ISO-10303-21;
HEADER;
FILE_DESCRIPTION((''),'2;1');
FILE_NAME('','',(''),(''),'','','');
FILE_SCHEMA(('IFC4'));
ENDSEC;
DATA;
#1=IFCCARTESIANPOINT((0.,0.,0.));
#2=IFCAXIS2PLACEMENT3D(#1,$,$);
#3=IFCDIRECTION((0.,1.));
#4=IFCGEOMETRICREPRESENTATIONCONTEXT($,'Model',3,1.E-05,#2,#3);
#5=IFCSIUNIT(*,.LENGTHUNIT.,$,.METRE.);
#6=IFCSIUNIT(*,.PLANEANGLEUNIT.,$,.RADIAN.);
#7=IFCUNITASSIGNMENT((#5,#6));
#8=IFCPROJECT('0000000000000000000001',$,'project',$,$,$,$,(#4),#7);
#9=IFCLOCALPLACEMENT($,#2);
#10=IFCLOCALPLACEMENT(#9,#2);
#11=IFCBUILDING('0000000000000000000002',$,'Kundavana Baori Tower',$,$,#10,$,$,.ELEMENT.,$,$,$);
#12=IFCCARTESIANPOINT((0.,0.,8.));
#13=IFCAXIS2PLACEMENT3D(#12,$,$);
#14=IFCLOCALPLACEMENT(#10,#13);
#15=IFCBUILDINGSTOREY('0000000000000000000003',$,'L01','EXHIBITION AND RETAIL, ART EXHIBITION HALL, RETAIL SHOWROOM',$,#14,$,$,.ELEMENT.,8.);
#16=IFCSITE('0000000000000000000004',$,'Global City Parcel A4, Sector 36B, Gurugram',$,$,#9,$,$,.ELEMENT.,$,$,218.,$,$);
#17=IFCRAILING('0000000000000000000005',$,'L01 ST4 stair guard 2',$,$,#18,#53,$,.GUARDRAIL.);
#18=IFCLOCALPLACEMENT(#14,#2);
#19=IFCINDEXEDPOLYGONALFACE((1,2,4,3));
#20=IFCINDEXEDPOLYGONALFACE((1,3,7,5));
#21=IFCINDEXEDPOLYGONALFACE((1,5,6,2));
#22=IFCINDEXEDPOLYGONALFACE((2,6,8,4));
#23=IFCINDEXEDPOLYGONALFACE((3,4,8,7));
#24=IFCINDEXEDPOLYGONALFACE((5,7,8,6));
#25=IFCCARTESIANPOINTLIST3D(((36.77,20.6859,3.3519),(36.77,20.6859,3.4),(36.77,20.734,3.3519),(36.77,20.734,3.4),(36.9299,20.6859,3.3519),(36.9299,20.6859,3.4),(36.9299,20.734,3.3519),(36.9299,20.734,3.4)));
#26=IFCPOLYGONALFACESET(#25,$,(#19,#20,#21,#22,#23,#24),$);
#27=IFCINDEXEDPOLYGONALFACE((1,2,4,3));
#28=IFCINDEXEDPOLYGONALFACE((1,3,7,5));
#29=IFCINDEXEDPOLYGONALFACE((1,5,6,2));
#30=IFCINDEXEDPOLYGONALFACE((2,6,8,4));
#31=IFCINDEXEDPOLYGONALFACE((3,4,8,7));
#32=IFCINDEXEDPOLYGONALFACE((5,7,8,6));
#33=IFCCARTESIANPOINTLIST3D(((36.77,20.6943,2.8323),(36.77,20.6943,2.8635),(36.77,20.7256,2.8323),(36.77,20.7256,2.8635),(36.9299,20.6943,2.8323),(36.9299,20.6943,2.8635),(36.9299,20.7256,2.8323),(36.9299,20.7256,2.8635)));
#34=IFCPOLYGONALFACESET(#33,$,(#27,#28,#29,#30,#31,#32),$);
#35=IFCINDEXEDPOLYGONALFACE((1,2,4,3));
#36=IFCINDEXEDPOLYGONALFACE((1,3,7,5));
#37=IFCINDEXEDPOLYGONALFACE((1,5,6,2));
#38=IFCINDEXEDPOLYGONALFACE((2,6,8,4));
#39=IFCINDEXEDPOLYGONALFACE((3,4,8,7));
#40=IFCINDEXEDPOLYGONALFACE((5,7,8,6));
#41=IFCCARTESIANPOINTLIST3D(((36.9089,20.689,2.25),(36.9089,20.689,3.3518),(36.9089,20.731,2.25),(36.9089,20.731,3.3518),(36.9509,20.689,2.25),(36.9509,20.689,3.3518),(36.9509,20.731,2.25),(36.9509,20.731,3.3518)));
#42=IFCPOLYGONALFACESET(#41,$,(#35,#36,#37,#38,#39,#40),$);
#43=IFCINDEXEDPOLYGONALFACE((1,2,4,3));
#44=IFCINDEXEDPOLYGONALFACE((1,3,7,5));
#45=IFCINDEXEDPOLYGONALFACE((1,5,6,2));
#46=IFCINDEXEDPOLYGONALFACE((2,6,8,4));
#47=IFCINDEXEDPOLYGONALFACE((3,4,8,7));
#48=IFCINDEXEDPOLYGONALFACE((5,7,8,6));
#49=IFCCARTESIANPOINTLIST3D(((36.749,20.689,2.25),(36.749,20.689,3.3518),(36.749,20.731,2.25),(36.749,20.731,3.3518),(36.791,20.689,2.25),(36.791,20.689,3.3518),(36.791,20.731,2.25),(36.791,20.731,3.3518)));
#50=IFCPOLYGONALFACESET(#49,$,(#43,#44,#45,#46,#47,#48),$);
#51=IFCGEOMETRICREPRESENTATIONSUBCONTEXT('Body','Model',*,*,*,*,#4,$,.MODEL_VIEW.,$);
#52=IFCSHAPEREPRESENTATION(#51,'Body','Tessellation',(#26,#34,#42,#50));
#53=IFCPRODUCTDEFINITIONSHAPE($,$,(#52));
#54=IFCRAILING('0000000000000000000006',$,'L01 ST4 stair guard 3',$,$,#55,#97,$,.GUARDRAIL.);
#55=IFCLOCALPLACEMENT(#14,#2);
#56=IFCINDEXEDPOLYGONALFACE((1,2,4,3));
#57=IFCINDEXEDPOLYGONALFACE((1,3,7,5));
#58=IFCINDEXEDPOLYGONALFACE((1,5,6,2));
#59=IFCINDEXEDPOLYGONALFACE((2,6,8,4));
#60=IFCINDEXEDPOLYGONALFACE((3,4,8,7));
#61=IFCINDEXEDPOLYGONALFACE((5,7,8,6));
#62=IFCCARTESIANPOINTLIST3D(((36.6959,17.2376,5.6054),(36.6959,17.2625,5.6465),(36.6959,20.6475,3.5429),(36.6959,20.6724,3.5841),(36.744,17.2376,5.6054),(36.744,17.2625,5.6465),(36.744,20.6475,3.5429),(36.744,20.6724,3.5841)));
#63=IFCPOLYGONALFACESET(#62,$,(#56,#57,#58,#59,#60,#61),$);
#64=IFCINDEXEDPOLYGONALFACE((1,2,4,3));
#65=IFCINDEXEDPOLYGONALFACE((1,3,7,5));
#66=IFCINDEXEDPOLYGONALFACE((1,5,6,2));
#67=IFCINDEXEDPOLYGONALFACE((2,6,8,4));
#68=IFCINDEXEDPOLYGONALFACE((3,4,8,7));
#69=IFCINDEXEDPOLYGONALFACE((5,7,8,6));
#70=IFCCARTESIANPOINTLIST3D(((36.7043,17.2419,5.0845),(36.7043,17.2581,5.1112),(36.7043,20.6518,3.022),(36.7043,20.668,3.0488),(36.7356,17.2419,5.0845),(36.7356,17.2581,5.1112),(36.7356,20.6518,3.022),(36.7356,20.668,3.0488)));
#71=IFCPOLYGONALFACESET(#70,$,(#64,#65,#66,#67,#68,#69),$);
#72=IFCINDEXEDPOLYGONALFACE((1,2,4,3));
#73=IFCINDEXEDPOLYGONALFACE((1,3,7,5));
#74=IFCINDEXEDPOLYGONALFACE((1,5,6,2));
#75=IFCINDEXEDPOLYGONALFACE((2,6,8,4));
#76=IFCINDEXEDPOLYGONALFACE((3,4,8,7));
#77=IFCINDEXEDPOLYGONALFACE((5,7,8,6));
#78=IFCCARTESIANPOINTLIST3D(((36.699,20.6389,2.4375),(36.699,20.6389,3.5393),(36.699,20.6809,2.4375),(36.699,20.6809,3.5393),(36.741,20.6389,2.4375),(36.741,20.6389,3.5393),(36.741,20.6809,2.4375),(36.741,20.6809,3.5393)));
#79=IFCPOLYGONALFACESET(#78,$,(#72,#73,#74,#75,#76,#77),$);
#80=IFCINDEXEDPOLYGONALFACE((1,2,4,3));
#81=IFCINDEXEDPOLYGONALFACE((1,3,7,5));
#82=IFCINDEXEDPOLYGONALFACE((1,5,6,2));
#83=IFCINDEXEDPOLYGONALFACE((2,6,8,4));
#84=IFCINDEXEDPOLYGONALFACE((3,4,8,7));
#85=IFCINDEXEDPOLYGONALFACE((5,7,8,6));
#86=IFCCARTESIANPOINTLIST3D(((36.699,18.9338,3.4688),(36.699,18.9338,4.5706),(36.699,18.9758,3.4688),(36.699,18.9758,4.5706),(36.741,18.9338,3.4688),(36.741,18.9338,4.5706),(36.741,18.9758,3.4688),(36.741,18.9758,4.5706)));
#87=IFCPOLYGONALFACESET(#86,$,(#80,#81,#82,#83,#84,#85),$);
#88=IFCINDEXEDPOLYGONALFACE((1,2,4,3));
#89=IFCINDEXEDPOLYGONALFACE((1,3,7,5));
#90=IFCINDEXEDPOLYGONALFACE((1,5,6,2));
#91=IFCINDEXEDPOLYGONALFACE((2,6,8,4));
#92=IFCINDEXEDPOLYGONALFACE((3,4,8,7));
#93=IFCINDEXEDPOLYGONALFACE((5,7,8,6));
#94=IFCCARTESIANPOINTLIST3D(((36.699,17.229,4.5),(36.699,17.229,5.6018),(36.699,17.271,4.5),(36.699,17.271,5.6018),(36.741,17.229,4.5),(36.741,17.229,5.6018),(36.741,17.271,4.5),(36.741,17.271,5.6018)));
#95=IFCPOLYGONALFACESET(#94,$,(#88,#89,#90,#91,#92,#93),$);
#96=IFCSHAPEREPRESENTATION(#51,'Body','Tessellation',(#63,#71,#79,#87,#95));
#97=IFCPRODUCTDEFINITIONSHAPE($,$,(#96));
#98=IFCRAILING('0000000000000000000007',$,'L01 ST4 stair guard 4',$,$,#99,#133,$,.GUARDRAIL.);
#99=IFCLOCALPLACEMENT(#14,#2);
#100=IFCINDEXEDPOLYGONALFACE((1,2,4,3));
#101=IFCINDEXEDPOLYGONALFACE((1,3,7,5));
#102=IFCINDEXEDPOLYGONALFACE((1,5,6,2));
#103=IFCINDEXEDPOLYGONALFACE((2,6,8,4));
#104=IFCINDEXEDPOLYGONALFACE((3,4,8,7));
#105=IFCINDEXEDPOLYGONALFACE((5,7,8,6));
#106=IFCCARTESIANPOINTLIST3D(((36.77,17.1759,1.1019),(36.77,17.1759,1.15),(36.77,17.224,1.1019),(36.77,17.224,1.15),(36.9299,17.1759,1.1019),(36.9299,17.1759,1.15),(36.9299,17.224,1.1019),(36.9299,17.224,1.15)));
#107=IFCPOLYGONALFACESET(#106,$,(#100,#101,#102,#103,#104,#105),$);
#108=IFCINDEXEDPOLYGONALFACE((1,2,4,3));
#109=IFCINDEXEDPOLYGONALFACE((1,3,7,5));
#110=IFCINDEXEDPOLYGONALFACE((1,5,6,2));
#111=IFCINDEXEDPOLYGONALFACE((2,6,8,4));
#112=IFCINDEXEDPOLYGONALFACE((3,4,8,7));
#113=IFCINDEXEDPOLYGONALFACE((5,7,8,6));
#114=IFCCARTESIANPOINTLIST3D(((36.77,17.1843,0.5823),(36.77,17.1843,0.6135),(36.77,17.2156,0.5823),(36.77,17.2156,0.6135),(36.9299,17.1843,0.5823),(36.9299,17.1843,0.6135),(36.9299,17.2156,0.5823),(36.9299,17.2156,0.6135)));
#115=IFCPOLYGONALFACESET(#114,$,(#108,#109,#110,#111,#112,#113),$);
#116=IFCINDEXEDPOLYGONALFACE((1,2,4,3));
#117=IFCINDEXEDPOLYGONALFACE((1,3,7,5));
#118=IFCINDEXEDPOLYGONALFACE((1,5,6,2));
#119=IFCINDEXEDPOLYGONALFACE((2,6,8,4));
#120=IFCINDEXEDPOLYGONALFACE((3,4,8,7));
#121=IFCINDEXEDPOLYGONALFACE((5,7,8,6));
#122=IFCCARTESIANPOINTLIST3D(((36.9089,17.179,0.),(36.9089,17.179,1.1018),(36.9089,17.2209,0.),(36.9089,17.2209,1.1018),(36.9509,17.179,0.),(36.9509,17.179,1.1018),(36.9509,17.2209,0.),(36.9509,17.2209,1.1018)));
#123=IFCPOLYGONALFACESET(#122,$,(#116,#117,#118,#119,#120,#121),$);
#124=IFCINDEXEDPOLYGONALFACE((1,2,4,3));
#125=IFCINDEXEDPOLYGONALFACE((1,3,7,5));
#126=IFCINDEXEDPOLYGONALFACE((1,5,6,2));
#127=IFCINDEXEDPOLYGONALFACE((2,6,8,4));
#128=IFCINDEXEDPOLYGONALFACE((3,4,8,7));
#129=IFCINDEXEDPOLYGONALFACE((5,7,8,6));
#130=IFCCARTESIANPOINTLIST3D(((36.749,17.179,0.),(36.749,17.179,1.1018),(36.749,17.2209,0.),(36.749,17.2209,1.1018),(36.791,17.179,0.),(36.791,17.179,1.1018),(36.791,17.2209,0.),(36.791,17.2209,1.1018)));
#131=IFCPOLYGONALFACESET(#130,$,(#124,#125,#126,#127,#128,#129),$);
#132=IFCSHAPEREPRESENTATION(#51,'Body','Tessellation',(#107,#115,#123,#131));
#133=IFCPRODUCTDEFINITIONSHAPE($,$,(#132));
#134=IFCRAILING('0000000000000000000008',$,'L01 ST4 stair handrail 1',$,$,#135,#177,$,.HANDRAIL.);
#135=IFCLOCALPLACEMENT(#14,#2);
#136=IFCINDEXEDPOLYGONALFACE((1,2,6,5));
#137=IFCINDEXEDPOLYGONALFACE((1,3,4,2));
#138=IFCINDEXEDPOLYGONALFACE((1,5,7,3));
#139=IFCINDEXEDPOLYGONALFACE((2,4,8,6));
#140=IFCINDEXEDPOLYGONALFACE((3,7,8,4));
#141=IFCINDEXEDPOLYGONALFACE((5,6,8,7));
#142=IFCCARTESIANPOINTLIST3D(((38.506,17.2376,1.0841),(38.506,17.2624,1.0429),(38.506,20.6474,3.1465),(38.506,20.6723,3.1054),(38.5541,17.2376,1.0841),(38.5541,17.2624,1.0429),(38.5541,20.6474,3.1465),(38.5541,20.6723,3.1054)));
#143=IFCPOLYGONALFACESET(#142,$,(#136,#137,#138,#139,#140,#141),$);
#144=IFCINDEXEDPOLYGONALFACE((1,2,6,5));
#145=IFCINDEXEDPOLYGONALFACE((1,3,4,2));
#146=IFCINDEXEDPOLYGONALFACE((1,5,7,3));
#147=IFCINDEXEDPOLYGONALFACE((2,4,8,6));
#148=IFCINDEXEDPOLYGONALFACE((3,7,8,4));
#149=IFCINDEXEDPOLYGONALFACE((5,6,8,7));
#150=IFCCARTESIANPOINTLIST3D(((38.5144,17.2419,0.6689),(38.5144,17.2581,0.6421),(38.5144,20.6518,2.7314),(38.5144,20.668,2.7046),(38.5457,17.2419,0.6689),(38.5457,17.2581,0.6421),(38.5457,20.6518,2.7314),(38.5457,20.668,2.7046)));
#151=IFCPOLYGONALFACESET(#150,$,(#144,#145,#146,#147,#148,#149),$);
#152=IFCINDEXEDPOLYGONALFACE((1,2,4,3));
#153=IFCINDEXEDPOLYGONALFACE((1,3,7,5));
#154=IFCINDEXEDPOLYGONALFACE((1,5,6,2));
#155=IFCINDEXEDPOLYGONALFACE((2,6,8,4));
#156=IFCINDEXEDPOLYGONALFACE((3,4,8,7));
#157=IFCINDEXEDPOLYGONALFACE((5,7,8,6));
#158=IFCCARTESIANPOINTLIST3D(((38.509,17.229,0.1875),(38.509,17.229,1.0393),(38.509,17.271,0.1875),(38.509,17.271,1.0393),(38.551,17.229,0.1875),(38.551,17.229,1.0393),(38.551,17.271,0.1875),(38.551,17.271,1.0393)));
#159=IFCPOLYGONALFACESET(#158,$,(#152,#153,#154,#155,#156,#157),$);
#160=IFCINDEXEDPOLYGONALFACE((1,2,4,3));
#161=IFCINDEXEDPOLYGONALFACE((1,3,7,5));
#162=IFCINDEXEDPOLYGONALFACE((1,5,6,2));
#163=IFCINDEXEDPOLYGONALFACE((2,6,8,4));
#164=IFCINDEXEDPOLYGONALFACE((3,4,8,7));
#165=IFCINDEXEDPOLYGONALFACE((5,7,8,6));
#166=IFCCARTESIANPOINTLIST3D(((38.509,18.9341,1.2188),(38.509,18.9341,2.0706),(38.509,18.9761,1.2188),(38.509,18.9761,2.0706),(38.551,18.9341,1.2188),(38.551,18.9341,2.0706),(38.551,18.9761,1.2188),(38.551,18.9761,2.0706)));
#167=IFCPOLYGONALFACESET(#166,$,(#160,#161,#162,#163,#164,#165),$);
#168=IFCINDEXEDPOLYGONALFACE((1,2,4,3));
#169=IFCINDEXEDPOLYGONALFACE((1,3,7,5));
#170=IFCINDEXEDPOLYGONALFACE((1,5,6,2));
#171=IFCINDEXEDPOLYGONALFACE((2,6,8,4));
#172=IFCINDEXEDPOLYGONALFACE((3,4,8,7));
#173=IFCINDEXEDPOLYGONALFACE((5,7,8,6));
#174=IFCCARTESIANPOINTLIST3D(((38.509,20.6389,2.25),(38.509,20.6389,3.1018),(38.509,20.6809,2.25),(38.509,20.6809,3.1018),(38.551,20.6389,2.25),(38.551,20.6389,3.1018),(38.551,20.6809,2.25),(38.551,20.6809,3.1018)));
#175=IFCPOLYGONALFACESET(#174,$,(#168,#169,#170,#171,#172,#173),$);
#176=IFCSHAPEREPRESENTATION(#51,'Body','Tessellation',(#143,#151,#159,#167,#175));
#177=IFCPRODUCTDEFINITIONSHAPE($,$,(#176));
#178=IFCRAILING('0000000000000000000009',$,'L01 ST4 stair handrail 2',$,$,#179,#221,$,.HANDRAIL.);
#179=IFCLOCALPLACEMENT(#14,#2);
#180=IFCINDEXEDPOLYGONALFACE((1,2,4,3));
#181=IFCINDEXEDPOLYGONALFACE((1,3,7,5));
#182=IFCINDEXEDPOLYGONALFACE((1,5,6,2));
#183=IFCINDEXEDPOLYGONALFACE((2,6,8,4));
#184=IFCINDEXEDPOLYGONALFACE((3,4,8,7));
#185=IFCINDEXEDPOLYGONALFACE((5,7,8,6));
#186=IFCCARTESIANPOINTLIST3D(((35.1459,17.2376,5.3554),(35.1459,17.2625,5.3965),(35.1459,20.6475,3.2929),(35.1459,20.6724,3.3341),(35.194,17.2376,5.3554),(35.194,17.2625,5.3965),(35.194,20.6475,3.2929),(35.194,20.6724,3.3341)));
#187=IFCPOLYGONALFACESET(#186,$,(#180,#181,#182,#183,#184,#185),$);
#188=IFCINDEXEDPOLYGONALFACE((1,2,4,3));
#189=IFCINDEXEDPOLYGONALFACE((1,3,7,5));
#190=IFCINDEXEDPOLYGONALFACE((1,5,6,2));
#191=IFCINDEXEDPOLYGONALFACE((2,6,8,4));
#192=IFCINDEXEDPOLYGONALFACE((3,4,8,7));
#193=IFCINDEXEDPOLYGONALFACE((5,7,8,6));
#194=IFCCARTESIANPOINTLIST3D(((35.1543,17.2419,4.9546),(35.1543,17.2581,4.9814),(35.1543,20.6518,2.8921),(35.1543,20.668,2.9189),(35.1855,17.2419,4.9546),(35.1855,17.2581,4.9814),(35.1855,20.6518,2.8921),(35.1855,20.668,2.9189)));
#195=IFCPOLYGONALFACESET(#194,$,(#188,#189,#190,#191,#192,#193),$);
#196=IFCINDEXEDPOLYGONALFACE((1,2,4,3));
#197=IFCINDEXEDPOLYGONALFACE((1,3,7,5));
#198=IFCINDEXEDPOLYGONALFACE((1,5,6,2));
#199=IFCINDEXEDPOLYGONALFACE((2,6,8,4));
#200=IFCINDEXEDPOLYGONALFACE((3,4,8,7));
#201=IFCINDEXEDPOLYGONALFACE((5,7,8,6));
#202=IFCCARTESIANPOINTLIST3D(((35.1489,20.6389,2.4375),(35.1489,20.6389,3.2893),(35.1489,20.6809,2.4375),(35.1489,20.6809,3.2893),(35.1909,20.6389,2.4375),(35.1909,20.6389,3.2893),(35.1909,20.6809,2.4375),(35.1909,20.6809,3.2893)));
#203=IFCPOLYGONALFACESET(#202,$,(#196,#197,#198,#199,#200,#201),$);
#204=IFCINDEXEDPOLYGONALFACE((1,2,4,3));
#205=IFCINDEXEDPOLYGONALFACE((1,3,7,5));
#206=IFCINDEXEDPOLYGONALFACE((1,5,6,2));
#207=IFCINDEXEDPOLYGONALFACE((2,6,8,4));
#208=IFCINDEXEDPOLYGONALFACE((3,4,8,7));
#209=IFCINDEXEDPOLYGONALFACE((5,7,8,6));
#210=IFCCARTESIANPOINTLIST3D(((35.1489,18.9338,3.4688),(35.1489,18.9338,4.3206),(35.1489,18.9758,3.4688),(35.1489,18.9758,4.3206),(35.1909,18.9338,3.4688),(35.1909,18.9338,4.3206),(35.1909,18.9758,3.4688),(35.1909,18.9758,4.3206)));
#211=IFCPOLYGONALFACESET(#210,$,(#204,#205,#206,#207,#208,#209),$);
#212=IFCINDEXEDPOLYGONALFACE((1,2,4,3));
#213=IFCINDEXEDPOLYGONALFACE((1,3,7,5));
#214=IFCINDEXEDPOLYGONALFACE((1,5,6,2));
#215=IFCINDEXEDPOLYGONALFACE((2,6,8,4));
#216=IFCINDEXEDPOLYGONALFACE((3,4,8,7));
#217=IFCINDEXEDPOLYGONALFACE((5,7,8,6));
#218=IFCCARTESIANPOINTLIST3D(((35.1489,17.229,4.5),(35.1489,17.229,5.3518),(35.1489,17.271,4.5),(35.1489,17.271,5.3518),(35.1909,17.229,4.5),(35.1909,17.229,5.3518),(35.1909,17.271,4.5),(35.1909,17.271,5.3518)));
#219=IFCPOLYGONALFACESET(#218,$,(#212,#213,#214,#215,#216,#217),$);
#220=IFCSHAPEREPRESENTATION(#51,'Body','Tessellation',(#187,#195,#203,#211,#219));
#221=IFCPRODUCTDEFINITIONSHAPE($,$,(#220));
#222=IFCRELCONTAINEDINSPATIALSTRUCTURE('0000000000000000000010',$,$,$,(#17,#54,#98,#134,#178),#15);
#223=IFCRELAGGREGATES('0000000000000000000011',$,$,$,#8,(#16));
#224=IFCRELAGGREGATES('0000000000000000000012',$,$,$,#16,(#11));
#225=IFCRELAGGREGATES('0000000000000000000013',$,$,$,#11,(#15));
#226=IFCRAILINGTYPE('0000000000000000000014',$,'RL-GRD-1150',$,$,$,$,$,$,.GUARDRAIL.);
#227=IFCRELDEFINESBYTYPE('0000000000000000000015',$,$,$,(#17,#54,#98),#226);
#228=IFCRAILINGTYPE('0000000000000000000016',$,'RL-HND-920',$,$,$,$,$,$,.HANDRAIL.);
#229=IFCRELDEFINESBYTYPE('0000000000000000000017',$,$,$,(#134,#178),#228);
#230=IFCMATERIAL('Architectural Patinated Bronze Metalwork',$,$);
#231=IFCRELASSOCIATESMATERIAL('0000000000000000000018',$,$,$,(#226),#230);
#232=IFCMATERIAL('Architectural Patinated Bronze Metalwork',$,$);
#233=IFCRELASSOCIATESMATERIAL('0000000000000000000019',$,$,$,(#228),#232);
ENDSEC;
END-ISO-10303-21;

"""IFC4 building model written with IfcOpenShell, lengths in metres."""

from ifc_helpers import new_model, si_unit, direction, frame, origin, origin_2d, place, context, subcontext, project, spatial, rectangle, extrude, material, type_object, element, save


model = new_model("IFC4")

# Units and contexts
model_context = context("Model", 3, precision=1e-05, world=origin(), true_north=direction((0.0, 1.0)))
body_context = subcontext(model_context, "Body", "Model", "MODEL_VIEW")
ifc_project = project(units=[si_unit("LENGTHUNIT", "METRE"), si_unit("PLANEANGLEUNIT", "RADIAN")], contexts=[model_context])

# Site, building, storey
site_placement = place(None, origin())
site = spatial("IfcSite", under=ifc_project, at=site_placement, Name="Global City Parcel A4, Sector 36B, Gurugram", CompositionType="ELEMENT", RefElevation=218.0)
building_placement = place(site_placement, origin())
building = spatial("IfcBuilding", under=site, at=building_placement, Name="Kundavana Baori Tower", CompositionType="ELEMENT")
storey_placement = place(building_placement, frame((0.0, 0.0, 8.0)))
storey = spatial("IfcBuildingStorey", under=building, at=storey_placement, Name="L01", Description="EXHIBITION AND RETAIL, ART EXHIBITION HALL, RETAIL SHOWROOM", CompositionType="ELEMENT", Elevation=8.0)

# Railings
ifc_material_1 = material(Name="Architectural Patinated Bronze Metalwork")
railing_type_1 = type_object("IfcRailingType", Name="RL-GRD-1150", PredefinedType="GUARDRAIL", material=ifc_material_1)
railing_1_placement = place(storey_placement, frame((36.9299, 20.71, 2.25)))
element("IfcRailing", 1, at=railing_1_placement, inside=storey, type_object=railing_type_1, Name="L01 ST4 stair guard 2", PredefinedType="GUARDRAIL", context=body_context, shape_type="SweptSolid", body=[
    extrude(rectangle(XDim=0.0481, YDim=0.0481, at=origin_2d()), frame((0.0, 0.0, 1.126), z_axis=(-1.0, 0.0, 0.0), x_axis=(0.0, -1.0, 0.0)), (0.0, 0.0, 1.0), 0.1599),
    extrude(rectangle(XDim=0.0312, YDim=0.0312, at=origin_2d()), frame((0.0, 0.0, 0.5979), z_axis=(-1.0, 0.0, 0.0), x_axis=(0.0, -1.0, 0.0)), (0.0, 0.0, 1.0), 0.1599),
    extrude(rectangle(XDim=0.042, YDim=0.042, at=origin_2d()), origin(), (0.0, 0.0, 1.0), 1.1018),
    extrude(rectangle(XDim=0.042, YDim=0.042, at=origin_2d()), frame((-0.1599, 0.0, 0.0)), (0.0, 0.0, 1.0), 1.1018),
])
railing_2_placement = place(storey_placement, frame((36.72, 20.6599, 2.4375)))
element("IfcRailing", 2, at=railing_2_placement, inside=storey, type_object=railing_type_1, Name="L01 ST4 stair guard 3", PredefinedType="GUARDRAIL", context=body_context, shape_type="SweptSolid", body=[
    extrude(rectangle(XDim=0.0481, YDim=0.0481, at=origin_2d()), frame((0.0, 0.0, 1.126), z_axis=(0.0, -0.855655, 0.517547), x_axis=(1.0, 0.0, 0.0)), (0.0, 0.0, 1.0), 3.9851),
    extrude(rectangle(XDim=0.0312, YDim=0.0312, at=origin_2d()), frame((0.0, 0.0, 0.5979), z_axis=(0.0, -0.855655, 0.517547), x_axis=(1.0, 0.0, 0.0)), (0.0, 0.0, 1.0), 3.9851),
    extrude(rectangle(XDim=0.042, YDim=0.042, at=origin_2d()), origin(), (0.0, 0.0, 1.0), 1.1018),
    extrude(rectangle(XDim=0.042, YDim=0.042, at=origin_2d()), frame((0.0, -1.7051, 1.0312)), (0.0, 0.0, 1.0), 1.1018),
    extrude(rectangle(XDim=0.042, YDim=0.042, at=origin_2d()), frame((0.0, -3.4099, 2.0625)), (0.0, 0.0, 1.0), 1.1018),
])
railing_3_placement = place(storey_placement, frame((36.9299, 17.2, 0.0)))
element("IfcRailing", 3, at=railing_3_placement, inside=storey, type_object=railing_type_1, Name="L01 ST4 stair guard 4", PredefinedType="GUARDRAIL", context=body_context, shape_type="SweptSolid", body=[
    extrude(rectangle(XDim=0.0481, YDim=0.0481, at=origin_2d()), frame((0.0, 0.0, 1.126), z_axis=(-1.0, 0.0, 0.0), x_axis=(0.0, -1.0, 0.0)), (0.0, 0.0, 1.0), 0.1599),
    extrude(rectangle(XDim=0.0312, YDim=0.0312, at=origin_2d()), frame((0.0, 0.0, 0.5979), z_axis=(-1.0, 0.0, 0.0), x_axis=(0.0, -1.0, 0.0)), (0.0, 0.0, 1.0), 0.1599),
    extrude(rectangle(XDim=0.042, YDim=0.042, at=origin_2d()), origin(), (0.0, 0.0, 1.0), 1.1018),
    extrude(rectangle(XDim=0.042, YDim=0.042, at=origin_2d()), frame((-0.1599, 0.0, 0.0)), (0.0, 0.0, 1.0), 1.1018),
])
ifc_material_2 = material(Name="Architectural Patinated Bronze Metalwork")
railing_type_2 = type_object("IfcRailingType", Name="RL-HND-920", PredefinedType="HANDRAIL", material=ifc_material_2)
railing_4_placement = place(storey_placement, frame((38.53, 17.25, 0.1875)))
element("IfcRailing", 4, at=railing_4_placement, inside=storey, type_object=railing_type_2, Name="L01 ST4 stair handrail 1", PredefinedType="HANDRAIL", context=body_context, shape_type="SweptSolid", body=[
    extrude(rectangle(XDim=0.0481, YDim=0.0481, at=origin_2d()), frame((0.0, 0.0, 0.876), z_axis=(0.0, 0.855655, 0.517547), x_axis=(-1.0, 0.0, 0.0)), (0.0, 0.0, 1.0), 3.9851),
    extrude(rectangle(XDim=0.0312, YDim=0.0312, at=origin_2d()), frame((0.0, 0.0, 0.468), z_axis=(0.0, 0.855655, 0.517547), x_axis=(-1.0, 0.0, 0.0)), (0.0, 0.0, 1.0), 3.9851),
    extrude(rectangle(XDim=0.042, YDim=0.042, at=origin_2d()), origin(), (0.0, 0.0, 1.0), 0.8518),
    extrude(rectangle(XDim=0.042, YDim=0.042, at=origin_2d()), frame((0.0, 1.7051, 1.0312)), (0.0, 0.0, 1.0), 0.8518),
    extrude(rectangle(XDim=0.042, YDim=0.042, at=origin_2d()), frame((0.0, 3.4099, 2.0625)), (0.0, 0.0, 1.0), 0.8518),
])
railing_5_placement = place(storey_placement, frame((35.1699, 20.6599, 2.4375)))
element("IfcRailing", 5, at=railing_5_placement, inside=storey, type_object=railing_type_2, Name="L01 ST4 stair handrail 2", PredefinedType="HANDRAIL", context=body_context, shape_type="SweptSolid", body=[
    extrude(rectangle(XDim=0.0481, YDim=0.0481, at=origin_2d()), frame((0.0, 0.0, 0.876), z_axis=(0.0, -0.855655, 0.517547), x_axis=(1.0, 0.0, 0.0)), (0.0, 0.0, 1.0), 3.9851),
    extrude(rectangle(XDim=0.0312, YDim=0.0312, at=origin_2d()), frame((0.0, 0.0, 0.468), z_axis=(0.0, -0.855655, 0.517547), x_axis=(1.0, 0.0, 0.0)), (0.0, 0.0, 1.0), 3.9851),
    extrude(rectangle(XDim=0.042, YDim=0.042, at=origin_2d()), origin(), (0.0, 0.0, 1.0), 0.8518),
    extrude(rectangle(XDim=0.042, YDim=0.042, at=origin_2d()), frame((0.0, -1.7051, 1.0312)), (0.0, 0.0, 1.0), 0.8518),
    extrude(rectangle(XDim=0.042, YDim=0.042, at=origin_2d()), frame((0.0, -3.4099, 2.0625)), (0.0, 0.0, 1.0), 0.8518),
])

save(model, "model.ifc")
